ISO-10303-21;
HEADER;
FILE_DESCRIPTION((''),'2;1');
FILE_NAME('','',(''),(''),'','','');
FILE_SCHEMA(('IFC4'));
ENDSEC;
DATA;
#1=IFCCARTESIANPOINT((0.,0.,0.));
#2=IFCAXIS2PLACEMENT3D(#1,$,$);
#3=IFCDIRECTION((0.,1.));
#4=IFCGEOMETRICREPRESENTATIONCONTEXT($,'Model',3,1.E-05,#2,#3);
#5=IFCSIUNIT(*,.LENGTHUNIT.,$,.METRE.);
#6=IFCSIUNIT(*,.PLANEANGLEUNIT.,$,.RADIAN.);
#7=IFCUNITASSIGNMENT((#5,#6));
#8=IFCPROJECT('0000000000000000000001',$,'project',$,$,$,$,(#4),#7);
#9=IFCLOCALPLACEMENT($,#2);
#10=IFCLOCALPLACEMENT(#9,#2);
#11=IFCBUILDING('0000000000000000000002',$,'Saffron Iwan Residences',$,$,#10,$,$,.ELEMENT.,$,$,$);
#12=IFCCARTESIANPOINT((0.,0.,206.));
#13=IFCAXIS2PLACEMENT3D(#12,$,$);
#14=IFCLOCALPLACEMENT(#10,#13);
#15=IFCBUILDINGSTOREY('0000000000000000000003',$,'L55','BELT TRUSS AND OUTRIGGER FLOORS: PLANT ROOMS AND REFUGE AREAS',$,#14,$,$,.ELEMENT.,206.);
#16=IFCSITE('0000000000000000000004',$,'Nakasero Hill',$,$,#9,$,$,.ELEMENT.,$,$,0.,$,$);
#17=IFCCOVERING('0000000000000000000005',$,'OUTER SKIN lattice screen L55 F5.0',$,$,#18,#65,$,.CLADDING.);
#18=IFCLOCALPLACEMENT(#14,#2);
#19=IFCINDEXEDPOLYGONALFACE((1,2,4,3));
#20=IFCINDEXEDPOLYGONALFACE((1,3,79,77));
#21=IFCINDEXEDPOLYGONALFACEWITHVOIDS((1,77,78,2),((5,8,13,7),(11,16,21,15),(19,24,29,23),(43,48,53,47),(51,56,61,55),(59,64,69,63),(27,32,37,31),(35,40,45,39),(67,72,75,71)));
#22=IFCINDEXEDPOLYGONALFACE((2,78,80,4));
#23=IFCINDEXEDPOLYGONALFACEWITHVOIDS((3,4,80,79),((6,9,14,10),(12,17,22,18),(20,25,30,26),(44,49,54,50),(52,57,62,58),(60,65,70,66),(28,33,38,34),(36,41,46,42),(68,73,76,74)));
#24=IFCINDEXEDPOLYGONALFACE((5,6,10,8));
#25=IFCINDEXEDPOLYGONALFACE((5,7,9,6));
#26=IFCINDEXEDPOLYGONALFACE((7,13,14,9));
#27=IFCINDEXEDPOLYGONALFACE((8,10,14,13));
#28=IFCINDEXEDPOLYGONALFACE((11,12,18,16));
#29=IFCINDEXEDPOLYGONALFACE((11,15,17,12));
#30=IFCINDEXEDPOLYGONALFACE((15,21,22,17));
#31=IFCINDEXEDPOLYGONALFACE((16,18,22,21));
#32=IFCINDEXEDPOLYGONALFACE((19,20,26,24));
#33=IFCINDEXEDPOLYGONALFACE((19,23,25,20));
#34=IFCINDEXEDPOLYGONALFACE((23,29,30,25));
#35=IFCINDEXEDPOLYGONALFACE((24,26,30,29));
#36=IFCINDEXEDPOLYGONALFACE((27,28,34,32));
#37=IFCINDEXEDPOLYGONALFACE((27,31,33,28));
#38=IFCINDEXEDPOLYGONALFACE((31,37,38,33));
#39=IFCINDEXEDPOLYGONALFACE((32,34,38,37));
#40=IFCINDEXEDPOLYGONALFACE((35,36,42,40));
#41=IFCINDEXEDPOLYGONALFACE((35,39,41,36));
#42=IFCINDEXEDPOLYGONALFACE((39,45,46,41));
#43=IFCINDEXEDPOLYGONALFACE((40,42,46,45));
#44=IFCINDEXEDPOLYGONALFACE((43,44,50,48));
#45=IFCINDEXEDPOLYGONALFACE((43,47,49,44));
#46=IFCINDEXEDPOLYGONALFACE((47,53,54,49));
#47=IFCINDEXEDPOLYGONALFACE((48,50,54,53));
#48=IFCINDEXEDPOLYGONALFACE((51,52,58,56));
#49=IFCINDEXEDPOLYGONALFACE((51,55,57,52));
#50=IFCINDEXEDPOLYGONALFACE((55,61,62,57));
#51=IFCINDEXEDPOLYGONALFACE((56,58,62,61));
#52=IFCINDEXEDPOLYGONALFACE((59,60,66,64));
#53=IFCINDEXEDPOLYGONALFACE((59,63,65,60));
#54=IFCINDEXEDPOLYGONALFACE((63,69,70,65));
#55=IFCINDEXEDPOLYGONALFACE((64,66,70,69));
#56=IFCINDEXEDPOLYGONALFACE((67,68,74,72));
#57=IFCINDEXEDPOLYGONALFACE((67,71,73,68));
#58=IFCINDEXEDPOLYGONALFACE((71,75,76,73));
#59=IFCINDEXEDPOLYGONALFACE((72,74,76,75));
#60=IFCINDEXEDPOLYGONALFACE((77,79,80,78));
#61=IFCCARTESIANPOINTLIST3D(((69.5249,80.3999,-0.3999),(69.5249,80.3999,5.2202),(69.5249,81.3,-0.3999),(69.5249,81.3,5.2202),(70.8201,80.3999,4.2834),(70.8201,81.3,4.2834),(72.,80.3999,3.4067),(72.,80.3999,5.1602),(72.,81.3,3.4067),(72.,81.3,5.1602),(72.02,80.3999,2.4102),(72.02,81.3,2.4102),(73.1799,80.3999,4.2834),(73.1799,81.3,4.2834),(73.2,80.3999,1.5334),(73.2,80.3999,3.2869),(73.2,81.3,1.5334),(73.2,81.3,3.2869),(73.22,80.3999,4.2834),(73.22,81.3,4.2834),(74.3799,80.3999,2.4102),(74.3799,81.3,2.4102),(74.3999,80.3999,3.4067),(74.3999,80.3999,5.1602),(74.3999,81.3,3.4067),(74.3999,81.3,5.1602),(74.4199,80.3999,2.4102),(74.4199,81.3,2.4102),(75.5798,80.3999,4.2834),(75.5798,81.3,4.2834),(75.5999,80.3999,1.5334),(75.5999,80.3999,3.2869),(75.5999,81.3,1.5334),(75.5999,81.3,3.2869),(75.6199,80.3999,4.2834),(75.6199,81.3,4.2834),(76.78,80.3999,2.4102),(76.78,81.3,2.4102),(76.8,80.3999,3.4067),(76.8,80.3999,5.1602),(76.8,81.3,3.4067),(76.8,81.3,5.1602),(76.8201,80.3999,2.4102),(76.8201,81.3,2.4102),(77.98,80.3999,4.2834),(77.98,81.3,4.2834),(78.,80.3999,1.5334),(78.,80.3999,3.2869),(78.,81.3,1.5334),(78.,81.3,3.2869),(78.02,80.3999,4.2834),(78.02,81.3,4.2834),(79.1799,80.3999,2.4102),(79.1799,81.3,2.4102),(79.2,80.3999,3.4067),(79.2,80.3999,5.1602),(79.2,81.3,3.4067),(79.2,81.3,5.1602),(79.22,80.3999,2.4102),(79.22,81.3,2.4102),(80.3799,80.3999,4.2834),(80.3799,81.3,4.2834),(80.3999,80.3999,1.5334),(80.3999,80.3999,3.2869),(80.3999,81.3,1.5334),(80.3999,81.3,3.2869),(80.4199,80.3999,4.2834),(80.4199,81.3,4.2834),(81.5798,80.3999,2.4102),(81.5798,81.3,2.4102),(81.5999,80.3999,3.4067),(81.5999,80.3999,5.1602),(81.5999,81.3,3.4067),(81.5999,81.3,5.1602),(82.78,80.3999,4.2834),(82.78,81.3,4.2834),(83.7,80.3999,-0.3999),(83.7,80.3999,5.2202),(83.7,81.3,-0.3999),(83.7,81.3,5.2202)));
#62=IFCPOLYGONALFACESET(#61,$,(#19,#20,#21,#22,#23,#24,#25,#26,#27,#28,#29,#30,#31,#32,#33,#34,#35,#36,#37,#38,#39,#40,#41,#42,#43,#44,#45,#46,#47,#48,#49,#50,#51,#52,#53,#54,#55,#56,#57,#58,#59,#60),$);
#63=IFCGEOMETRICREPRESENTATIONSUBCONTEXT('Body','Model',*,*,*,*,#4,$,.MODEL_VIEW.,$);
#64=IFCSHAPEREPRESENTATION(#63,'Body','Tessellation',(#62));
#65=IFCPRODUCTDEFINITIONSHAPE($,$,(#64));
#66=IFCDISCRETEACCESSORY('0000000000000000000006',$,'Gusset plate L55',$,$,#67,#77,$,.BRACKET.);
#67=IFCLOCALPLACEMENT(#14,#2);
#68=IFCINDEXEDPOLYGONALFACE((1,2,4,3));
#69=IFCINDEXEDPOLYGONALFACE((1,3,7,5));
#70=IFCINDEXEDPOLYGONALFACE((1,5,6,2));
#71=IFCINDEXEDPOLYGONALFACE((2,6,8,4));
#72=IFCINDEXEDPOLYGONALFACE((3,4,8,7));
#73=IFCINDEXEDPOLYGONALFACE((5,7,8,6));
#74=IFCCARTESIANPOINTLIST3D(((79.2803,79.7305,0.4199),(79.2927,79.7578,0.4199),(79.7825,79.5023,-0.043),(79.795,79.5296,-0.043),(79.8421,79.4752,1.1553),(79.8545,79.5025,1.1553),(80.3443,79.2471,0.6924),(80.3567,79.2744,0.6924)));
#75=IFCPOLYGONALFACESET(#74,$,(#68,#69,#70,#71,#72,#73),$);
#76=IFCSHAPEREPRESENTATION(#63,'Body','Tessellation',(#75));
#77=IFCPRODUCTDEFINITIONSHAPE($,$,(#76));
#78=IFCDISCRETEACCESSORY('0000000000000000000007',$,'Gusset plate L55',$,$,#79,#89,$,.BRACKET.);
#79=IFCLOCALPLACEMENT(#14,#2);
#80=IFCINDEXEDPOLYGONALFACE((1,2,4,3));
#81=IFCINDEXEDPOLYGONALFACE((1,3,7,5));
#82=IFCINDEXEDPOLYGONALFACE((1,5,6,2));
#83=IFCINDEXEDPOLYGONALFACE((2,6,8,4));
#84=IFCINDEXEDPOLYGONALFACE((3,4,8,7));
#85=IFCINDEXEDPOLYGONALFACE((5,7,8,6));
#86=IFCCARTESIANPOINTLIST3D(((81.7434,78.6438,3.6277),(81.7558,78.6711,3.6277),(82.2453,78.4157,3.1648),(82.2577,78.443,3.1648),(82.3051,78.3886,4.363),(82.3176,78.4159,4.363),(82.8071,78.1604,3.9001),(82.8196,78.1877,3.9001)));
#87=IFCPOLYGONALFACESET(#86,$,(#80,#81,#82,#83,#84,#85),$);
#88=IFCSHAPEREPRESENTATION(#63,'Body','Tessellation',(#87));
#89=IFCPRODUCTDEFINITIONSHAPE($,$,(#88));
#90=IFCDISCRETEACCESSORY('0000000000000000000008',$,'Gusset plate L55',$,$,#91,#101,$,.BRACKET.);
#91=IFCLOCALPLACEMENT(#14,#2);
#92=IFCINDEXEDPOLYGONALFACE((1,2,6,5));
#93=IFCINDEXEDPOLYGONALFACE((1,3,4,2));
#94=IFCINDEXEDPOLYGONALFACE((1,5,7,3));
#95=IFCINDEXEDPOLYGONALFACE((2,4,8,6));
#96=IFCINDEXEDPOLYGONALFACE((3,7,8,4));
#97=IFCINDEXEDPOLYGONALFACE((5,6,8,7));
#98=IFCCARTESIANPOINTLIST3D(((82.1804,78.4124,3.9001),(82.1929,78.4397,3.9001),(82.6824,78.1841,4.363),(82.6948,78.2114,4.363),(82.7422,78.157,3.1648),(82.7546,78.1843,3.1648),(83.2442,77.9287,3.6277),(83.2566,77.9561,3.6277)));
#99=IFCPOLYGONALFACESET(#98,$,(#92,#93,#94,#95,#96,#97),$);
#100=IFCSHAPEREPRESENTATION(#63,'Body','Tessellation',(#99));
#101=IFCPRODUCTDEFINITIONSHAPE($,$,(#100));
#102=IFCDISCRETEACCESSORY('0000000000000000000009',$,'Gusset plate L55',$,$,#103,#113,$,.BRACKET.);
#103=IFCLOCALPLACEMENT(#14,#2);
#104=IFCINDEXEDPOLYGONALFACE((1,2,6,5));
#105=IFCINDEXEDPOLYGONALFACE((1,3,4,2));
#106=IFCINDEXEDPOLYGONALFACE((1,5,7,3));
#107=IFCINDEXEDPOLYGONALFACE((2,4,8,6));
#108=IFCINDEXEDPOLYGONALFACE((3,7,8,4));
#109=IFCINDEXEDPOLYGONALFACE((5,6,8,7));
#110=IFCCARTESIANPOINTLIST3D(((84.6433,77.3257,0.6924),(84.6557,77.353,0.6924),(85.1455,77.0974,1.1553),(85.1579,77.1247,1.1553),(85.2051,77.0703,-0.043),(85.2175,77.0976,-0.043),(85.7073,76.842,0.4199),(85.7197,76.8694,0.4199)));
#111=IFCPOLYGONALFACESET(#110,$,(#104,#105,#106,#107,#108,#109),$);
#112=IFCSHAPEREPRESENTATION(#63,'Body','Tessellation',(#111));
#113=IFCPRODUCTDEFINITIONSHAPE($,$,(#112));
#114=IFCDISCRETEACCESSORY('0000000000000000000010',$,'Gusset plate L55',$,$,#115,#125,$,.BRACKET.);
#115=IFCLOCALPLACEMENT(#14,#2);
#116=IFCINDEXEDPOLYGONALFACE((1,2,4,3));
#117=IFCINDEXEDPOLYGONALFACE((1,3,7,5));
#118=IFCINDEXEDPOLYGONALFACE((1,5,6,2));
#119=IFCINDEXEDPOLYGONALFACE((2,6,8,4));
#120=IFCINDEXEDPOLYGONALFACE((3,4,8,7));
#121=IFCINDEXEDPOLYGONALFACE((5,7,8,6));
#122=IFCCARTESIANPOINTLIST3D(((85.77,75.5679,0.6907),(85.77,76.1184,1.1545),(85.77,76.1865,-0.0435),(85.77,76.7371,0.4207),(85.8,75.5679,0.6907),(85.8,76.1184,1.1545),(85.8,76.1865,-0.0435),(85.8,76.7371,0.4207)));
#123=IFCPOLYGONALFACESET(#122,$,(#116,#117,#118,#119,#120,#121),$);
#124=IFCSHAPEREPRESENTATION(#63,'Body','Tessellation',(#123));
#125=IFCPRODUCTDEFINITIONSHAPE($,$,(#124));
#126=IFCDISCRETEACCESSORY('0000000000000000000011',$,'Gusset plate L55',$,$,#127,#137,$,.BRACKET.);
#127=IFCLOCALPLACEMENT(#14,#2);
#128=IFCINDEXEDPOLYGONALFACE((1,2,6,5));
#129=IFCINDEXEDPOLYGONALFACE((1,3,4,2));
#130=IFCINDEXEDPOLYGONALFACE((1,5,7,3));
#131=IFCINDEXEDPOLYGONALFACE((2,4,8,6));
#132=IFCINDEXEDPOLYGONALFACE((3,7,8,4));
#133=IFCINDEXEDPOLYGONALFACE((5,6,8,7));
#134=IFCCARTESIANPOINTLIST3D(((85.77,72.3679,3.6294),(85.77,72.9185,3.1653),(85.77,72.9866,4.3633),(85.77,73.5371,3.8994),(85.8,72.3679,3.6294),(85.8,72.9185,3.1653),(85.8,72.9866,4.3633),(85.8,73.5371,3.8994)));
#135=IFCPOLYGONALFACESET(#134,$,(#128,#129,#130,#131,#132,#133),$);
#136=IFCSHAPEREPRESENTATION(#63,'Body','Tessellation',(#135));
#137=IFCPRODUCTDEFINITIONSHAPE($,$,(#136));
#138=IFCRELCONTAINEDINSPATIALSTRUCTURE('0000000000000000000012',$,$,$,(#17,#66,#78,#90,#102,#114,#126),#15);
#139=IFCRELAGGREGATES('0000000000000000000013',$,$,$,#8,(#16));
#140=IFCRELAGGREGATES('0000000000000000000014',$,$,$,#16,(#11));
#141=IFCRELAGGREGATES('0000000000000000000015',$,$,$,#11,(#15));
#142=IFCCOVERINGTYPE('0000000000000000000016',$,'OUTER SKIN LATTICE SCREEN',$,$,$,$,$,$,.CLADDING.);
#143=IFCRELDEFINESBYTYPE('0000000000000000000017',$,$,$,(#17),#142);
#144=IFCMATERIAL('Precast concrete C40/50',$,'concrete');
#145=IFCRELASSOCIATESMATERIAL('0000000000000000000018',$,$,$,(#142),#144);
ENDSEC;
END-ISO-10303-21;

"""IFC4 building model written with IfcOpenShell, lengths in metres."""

from ifc_helpers import new_model, si_unit, direction, frame, origin, place, context, subcontext, project, spatial, polyline, outline, extrude, material, type_object, element, save


model = new_model("IFC4")

# Units and contexts
model_context = context("Model", 3, precision=1e-05, world=origin(), true_north=direction((0.0, 1.0)))
body_context = subcontext(model_context, "Body", "Model", "MODEL_VIEW")
ifc_project = project(units=[si_unit("LENGTHUNIT", "METRE"), si_unit("PLANEANGLEUNIT", "RADIAN")], contexts=[model_context])

# Site, building, storey
site_placement = place(None, origin())
site = spatial("IfcSite", under=ifc_project, at=site_placement, Name="Nakasero Hill", CompositionType="ELEMENT", RefElevation=0.0)
building_placement = place(site_placement, origin())
building = spatial("IfcBuilding", under=site, at=building_placement, Name="Saffron Iwan Residences", CompositionType="ELEMENT")
storey_placement = place(building_placement, frame((0.0, 0.0, 206.0)))
storey = spatial("IfcBuildingStorey", under=building, at=storey_placement, Name="L55", Description="BELT TRUSS AND OUTRIGGER FLOORS: PLANT ROOMS AND REFUGE AREAS", CompositionType="ELEMENT", Elevation=206.0)

# Covering
ifc_material_1 = material(Name="Precast concrete C40/50", Category="concrete")
covering_type = type_object("IfcCoveringType", Name="OUTER SKIN LATTICE SCREEN", PredefinedType="CLADDING", material=ifc_material_1)
covering_placement = place(storey_placement, frame((83.7, 80.3999, -0.3999), z_axis=(0.0, 1.0, 0.0), x_axis=(-1.0, 0.0, 0.0)))
element("IfcCovering", 1, at=covering_placement, inside=storey, type_object=covering_type, Name="OUTER SKIN lattice screen L55 F5.0", PredefinedType="CLADDING", context=body_context, shape_type="SweptSolid", body=[
    extrude(outline(polyline([(0.0, 0.0), (14.175, 0.0), (14.175, 5.6201), (0.0, 5.6201), (0.0, 0.0)]), holes=[polyline([(2.1201, 2.8101), (3.3, 1.9333), (4.48, 2.8101), (3.3, 3.6868), (2.1201, 2.8101)]), polyline([(4.52, 2.8101), (5.7, 1.9333), (6.8799, 2.8101), (5.7, 3.6868), (4.52, 2.8101)]), polyline([(6.9199, 2.8101), (8.1001, 1.9333), (9.28, 2.8101), (8.1001, 3.6868), (6.9199, 2.8101)]), polyline([(9.3201, 2.8101), (10.5, 1.9333), (11.6799, 2.8101), (10.5, 3.6868), (9.3201, 2.8101)]), polyline([(0.9199, 4.6833), (2.1001, 3.8066), (3.28, 4.6833), (2.1001, 5.5601), (0.9199, 4.6833)]), polyline([(3.3201, 4.6833), (4.5, 3.8066), (5.6799, 4.6833), (4.5, 5.5601), (3.3201, 4.6833)]), polyline([(5.72, 4.6833), (6.8999, 3.8066), (8.0801, 4.6833), (6.8999, 5.5601), (5.72, 4.6833)]), polyline([(8.1201, 4.6833), (9.3, 3.8066), (10.48, 4.6833), (9.3, 5.5601), (8.1201, 4.6833)]), polyline([(10.52, 4.6833), (11.7, 3.8066), (12.8799, 4.6833), (11.7, 5.5601), (10.52, 4.6833)])]), origin(), (0.0, 0.0, 1.0), 0.9001),
])

# Discrete accessories
discrete_accessory_1_placement = place(storey_placement, frame((79.2927, 79.7578, 0.4199), z_axis=(0.41364, 0.910441, 0.000027), x_axis=(0.585242, -0.265915, 0.766017)))
element("IfcDiscreteAccessory", 2, at=discrete_accessory_1_placement, inside=storey, Name="Gusset plate L55", PredefinedType="BRACKET", context=body_context, shape_type="SweptSolid", body=[
    extrude(outline(polyline([(0.0, 0.0), (0.96, 0.0), (0.9599, 0.72), (0.0, 0.7201), (0.0, 0.0)])), origin(), (0.0, 0.0, -1.0), 0.03),
])
discrete_accessory_2_placement = place(storey_placement, frame((82.8071, 78.1604, 3.9001), z_axis=(-0.413738, -0.910396, 0.000064), x_axis=(-0.585242, 0.265915, -0.766017)))
element("IfcDiscreteAccessory", 3, at=discrete_accessory_2_placement, inside=storey, Name="Gusset plate L55", PredefinedType="BRACKET", context=body_context, shape_type="SweptSolid", body=[
    extrude(outline(polyline([(0.0, 0.0), (0.96, 0.0), (0.9598, -0.7199), (-0.0001, -0.72), (0.0, 0.0)])), origin(), (0.0, 0.0, -1.0), 0.03),
])
discrete_accessory_3_placement = place(storey_placement, frame((82.6948, 78.2114, 4.363), z_axis=(0.413913, 0.910316, 0.000074), x_axis=(0.585194, -0.26602, -0.766017)))
element("IfcDiscreteAccessory", 4, at=discrete_accessory_3_placement, inside=storey, Name="Gusset plate L55", PredefinedType="BRACKET", context=body_context, shape_type="SweptSolid", body=[
    extrude(outline(polyline([(0.0, 0.0), (0.96, 0.0), (0.9601, 0.72), (0.0001, 0.72), (0.0, 0.0)])), origin(), (0.0, 0.0, -1.0), 0.03),
])
discrete_accessory_4_placement = place(storey_placement, frame((85.2051, 77.0703, -0.043), z_axis=(-0.413815, -0.910361, 0.000016), x_axis=(-0.585194, 0.26602, 0.766017)))
element("IfcDiscreteAccessory", 5, at=discrete_accessory_4_placement, inside=storey, Name="Gusset plate L55", PredefinedType="BRACKET", context=body_context, shape_type="SweptSolid", body=[
    extrude(outline(polyline([(0.0, 0.0), (0.96, 0.0), (0.9599, -0.7201), (0.0, -0.7201), (0.0, 0.0)])), origin(), (0.0, 0.0, -1.0), 0.03),
])
discrete_accessory_5_placement = place(storey_placement, frame((85.8, 76.7371, 0.4207), z_axis=(1.0, 0.0, 0.0), x_axis=(0.0, -0.644527, 0.764581)))
element("IfcDiscreteAccessory", 6, at=discrete_accessory_5_placement, inside=storey, Name="Gusset plate L55", PredefinedType="BRACKET", context=body_context, shape_type="SweptSolid", body=[
    extrude(outline(polyline([(0.0, 0.0), (0.9599, 0.0), (0.96, 0.7199), (0.0, 0.7201), (0.0, 0.0)])), origin(), (0.0, 0.0, -1.0), 0.03),
])
discrete_accessory_6_placement = place(storey_placement, frame((85.8, 72.9866, 4.3633), z_axis=(1.0, 0.0, 0.0), x_axis=(0.0, -0.644527, -0.764581)))
element("IfcDiscreteAccessory", 7, at=discrete_accessory_6_placement, inside=storey, Name="Gusset plate L55", PredefinedType="BRACKET", context=body_context, shape_type="SweptSolid", body=[
    extrude(outline(polyline([(0.0, 0.0), (0.9599, 0.0), (0.9599, 0.7201), (-0.0002, 0.7199), (0.0, 0.0)])), origin(), (0.0, 0.0, -1.0), 0.03),
])

save(model, "model.ifc")
